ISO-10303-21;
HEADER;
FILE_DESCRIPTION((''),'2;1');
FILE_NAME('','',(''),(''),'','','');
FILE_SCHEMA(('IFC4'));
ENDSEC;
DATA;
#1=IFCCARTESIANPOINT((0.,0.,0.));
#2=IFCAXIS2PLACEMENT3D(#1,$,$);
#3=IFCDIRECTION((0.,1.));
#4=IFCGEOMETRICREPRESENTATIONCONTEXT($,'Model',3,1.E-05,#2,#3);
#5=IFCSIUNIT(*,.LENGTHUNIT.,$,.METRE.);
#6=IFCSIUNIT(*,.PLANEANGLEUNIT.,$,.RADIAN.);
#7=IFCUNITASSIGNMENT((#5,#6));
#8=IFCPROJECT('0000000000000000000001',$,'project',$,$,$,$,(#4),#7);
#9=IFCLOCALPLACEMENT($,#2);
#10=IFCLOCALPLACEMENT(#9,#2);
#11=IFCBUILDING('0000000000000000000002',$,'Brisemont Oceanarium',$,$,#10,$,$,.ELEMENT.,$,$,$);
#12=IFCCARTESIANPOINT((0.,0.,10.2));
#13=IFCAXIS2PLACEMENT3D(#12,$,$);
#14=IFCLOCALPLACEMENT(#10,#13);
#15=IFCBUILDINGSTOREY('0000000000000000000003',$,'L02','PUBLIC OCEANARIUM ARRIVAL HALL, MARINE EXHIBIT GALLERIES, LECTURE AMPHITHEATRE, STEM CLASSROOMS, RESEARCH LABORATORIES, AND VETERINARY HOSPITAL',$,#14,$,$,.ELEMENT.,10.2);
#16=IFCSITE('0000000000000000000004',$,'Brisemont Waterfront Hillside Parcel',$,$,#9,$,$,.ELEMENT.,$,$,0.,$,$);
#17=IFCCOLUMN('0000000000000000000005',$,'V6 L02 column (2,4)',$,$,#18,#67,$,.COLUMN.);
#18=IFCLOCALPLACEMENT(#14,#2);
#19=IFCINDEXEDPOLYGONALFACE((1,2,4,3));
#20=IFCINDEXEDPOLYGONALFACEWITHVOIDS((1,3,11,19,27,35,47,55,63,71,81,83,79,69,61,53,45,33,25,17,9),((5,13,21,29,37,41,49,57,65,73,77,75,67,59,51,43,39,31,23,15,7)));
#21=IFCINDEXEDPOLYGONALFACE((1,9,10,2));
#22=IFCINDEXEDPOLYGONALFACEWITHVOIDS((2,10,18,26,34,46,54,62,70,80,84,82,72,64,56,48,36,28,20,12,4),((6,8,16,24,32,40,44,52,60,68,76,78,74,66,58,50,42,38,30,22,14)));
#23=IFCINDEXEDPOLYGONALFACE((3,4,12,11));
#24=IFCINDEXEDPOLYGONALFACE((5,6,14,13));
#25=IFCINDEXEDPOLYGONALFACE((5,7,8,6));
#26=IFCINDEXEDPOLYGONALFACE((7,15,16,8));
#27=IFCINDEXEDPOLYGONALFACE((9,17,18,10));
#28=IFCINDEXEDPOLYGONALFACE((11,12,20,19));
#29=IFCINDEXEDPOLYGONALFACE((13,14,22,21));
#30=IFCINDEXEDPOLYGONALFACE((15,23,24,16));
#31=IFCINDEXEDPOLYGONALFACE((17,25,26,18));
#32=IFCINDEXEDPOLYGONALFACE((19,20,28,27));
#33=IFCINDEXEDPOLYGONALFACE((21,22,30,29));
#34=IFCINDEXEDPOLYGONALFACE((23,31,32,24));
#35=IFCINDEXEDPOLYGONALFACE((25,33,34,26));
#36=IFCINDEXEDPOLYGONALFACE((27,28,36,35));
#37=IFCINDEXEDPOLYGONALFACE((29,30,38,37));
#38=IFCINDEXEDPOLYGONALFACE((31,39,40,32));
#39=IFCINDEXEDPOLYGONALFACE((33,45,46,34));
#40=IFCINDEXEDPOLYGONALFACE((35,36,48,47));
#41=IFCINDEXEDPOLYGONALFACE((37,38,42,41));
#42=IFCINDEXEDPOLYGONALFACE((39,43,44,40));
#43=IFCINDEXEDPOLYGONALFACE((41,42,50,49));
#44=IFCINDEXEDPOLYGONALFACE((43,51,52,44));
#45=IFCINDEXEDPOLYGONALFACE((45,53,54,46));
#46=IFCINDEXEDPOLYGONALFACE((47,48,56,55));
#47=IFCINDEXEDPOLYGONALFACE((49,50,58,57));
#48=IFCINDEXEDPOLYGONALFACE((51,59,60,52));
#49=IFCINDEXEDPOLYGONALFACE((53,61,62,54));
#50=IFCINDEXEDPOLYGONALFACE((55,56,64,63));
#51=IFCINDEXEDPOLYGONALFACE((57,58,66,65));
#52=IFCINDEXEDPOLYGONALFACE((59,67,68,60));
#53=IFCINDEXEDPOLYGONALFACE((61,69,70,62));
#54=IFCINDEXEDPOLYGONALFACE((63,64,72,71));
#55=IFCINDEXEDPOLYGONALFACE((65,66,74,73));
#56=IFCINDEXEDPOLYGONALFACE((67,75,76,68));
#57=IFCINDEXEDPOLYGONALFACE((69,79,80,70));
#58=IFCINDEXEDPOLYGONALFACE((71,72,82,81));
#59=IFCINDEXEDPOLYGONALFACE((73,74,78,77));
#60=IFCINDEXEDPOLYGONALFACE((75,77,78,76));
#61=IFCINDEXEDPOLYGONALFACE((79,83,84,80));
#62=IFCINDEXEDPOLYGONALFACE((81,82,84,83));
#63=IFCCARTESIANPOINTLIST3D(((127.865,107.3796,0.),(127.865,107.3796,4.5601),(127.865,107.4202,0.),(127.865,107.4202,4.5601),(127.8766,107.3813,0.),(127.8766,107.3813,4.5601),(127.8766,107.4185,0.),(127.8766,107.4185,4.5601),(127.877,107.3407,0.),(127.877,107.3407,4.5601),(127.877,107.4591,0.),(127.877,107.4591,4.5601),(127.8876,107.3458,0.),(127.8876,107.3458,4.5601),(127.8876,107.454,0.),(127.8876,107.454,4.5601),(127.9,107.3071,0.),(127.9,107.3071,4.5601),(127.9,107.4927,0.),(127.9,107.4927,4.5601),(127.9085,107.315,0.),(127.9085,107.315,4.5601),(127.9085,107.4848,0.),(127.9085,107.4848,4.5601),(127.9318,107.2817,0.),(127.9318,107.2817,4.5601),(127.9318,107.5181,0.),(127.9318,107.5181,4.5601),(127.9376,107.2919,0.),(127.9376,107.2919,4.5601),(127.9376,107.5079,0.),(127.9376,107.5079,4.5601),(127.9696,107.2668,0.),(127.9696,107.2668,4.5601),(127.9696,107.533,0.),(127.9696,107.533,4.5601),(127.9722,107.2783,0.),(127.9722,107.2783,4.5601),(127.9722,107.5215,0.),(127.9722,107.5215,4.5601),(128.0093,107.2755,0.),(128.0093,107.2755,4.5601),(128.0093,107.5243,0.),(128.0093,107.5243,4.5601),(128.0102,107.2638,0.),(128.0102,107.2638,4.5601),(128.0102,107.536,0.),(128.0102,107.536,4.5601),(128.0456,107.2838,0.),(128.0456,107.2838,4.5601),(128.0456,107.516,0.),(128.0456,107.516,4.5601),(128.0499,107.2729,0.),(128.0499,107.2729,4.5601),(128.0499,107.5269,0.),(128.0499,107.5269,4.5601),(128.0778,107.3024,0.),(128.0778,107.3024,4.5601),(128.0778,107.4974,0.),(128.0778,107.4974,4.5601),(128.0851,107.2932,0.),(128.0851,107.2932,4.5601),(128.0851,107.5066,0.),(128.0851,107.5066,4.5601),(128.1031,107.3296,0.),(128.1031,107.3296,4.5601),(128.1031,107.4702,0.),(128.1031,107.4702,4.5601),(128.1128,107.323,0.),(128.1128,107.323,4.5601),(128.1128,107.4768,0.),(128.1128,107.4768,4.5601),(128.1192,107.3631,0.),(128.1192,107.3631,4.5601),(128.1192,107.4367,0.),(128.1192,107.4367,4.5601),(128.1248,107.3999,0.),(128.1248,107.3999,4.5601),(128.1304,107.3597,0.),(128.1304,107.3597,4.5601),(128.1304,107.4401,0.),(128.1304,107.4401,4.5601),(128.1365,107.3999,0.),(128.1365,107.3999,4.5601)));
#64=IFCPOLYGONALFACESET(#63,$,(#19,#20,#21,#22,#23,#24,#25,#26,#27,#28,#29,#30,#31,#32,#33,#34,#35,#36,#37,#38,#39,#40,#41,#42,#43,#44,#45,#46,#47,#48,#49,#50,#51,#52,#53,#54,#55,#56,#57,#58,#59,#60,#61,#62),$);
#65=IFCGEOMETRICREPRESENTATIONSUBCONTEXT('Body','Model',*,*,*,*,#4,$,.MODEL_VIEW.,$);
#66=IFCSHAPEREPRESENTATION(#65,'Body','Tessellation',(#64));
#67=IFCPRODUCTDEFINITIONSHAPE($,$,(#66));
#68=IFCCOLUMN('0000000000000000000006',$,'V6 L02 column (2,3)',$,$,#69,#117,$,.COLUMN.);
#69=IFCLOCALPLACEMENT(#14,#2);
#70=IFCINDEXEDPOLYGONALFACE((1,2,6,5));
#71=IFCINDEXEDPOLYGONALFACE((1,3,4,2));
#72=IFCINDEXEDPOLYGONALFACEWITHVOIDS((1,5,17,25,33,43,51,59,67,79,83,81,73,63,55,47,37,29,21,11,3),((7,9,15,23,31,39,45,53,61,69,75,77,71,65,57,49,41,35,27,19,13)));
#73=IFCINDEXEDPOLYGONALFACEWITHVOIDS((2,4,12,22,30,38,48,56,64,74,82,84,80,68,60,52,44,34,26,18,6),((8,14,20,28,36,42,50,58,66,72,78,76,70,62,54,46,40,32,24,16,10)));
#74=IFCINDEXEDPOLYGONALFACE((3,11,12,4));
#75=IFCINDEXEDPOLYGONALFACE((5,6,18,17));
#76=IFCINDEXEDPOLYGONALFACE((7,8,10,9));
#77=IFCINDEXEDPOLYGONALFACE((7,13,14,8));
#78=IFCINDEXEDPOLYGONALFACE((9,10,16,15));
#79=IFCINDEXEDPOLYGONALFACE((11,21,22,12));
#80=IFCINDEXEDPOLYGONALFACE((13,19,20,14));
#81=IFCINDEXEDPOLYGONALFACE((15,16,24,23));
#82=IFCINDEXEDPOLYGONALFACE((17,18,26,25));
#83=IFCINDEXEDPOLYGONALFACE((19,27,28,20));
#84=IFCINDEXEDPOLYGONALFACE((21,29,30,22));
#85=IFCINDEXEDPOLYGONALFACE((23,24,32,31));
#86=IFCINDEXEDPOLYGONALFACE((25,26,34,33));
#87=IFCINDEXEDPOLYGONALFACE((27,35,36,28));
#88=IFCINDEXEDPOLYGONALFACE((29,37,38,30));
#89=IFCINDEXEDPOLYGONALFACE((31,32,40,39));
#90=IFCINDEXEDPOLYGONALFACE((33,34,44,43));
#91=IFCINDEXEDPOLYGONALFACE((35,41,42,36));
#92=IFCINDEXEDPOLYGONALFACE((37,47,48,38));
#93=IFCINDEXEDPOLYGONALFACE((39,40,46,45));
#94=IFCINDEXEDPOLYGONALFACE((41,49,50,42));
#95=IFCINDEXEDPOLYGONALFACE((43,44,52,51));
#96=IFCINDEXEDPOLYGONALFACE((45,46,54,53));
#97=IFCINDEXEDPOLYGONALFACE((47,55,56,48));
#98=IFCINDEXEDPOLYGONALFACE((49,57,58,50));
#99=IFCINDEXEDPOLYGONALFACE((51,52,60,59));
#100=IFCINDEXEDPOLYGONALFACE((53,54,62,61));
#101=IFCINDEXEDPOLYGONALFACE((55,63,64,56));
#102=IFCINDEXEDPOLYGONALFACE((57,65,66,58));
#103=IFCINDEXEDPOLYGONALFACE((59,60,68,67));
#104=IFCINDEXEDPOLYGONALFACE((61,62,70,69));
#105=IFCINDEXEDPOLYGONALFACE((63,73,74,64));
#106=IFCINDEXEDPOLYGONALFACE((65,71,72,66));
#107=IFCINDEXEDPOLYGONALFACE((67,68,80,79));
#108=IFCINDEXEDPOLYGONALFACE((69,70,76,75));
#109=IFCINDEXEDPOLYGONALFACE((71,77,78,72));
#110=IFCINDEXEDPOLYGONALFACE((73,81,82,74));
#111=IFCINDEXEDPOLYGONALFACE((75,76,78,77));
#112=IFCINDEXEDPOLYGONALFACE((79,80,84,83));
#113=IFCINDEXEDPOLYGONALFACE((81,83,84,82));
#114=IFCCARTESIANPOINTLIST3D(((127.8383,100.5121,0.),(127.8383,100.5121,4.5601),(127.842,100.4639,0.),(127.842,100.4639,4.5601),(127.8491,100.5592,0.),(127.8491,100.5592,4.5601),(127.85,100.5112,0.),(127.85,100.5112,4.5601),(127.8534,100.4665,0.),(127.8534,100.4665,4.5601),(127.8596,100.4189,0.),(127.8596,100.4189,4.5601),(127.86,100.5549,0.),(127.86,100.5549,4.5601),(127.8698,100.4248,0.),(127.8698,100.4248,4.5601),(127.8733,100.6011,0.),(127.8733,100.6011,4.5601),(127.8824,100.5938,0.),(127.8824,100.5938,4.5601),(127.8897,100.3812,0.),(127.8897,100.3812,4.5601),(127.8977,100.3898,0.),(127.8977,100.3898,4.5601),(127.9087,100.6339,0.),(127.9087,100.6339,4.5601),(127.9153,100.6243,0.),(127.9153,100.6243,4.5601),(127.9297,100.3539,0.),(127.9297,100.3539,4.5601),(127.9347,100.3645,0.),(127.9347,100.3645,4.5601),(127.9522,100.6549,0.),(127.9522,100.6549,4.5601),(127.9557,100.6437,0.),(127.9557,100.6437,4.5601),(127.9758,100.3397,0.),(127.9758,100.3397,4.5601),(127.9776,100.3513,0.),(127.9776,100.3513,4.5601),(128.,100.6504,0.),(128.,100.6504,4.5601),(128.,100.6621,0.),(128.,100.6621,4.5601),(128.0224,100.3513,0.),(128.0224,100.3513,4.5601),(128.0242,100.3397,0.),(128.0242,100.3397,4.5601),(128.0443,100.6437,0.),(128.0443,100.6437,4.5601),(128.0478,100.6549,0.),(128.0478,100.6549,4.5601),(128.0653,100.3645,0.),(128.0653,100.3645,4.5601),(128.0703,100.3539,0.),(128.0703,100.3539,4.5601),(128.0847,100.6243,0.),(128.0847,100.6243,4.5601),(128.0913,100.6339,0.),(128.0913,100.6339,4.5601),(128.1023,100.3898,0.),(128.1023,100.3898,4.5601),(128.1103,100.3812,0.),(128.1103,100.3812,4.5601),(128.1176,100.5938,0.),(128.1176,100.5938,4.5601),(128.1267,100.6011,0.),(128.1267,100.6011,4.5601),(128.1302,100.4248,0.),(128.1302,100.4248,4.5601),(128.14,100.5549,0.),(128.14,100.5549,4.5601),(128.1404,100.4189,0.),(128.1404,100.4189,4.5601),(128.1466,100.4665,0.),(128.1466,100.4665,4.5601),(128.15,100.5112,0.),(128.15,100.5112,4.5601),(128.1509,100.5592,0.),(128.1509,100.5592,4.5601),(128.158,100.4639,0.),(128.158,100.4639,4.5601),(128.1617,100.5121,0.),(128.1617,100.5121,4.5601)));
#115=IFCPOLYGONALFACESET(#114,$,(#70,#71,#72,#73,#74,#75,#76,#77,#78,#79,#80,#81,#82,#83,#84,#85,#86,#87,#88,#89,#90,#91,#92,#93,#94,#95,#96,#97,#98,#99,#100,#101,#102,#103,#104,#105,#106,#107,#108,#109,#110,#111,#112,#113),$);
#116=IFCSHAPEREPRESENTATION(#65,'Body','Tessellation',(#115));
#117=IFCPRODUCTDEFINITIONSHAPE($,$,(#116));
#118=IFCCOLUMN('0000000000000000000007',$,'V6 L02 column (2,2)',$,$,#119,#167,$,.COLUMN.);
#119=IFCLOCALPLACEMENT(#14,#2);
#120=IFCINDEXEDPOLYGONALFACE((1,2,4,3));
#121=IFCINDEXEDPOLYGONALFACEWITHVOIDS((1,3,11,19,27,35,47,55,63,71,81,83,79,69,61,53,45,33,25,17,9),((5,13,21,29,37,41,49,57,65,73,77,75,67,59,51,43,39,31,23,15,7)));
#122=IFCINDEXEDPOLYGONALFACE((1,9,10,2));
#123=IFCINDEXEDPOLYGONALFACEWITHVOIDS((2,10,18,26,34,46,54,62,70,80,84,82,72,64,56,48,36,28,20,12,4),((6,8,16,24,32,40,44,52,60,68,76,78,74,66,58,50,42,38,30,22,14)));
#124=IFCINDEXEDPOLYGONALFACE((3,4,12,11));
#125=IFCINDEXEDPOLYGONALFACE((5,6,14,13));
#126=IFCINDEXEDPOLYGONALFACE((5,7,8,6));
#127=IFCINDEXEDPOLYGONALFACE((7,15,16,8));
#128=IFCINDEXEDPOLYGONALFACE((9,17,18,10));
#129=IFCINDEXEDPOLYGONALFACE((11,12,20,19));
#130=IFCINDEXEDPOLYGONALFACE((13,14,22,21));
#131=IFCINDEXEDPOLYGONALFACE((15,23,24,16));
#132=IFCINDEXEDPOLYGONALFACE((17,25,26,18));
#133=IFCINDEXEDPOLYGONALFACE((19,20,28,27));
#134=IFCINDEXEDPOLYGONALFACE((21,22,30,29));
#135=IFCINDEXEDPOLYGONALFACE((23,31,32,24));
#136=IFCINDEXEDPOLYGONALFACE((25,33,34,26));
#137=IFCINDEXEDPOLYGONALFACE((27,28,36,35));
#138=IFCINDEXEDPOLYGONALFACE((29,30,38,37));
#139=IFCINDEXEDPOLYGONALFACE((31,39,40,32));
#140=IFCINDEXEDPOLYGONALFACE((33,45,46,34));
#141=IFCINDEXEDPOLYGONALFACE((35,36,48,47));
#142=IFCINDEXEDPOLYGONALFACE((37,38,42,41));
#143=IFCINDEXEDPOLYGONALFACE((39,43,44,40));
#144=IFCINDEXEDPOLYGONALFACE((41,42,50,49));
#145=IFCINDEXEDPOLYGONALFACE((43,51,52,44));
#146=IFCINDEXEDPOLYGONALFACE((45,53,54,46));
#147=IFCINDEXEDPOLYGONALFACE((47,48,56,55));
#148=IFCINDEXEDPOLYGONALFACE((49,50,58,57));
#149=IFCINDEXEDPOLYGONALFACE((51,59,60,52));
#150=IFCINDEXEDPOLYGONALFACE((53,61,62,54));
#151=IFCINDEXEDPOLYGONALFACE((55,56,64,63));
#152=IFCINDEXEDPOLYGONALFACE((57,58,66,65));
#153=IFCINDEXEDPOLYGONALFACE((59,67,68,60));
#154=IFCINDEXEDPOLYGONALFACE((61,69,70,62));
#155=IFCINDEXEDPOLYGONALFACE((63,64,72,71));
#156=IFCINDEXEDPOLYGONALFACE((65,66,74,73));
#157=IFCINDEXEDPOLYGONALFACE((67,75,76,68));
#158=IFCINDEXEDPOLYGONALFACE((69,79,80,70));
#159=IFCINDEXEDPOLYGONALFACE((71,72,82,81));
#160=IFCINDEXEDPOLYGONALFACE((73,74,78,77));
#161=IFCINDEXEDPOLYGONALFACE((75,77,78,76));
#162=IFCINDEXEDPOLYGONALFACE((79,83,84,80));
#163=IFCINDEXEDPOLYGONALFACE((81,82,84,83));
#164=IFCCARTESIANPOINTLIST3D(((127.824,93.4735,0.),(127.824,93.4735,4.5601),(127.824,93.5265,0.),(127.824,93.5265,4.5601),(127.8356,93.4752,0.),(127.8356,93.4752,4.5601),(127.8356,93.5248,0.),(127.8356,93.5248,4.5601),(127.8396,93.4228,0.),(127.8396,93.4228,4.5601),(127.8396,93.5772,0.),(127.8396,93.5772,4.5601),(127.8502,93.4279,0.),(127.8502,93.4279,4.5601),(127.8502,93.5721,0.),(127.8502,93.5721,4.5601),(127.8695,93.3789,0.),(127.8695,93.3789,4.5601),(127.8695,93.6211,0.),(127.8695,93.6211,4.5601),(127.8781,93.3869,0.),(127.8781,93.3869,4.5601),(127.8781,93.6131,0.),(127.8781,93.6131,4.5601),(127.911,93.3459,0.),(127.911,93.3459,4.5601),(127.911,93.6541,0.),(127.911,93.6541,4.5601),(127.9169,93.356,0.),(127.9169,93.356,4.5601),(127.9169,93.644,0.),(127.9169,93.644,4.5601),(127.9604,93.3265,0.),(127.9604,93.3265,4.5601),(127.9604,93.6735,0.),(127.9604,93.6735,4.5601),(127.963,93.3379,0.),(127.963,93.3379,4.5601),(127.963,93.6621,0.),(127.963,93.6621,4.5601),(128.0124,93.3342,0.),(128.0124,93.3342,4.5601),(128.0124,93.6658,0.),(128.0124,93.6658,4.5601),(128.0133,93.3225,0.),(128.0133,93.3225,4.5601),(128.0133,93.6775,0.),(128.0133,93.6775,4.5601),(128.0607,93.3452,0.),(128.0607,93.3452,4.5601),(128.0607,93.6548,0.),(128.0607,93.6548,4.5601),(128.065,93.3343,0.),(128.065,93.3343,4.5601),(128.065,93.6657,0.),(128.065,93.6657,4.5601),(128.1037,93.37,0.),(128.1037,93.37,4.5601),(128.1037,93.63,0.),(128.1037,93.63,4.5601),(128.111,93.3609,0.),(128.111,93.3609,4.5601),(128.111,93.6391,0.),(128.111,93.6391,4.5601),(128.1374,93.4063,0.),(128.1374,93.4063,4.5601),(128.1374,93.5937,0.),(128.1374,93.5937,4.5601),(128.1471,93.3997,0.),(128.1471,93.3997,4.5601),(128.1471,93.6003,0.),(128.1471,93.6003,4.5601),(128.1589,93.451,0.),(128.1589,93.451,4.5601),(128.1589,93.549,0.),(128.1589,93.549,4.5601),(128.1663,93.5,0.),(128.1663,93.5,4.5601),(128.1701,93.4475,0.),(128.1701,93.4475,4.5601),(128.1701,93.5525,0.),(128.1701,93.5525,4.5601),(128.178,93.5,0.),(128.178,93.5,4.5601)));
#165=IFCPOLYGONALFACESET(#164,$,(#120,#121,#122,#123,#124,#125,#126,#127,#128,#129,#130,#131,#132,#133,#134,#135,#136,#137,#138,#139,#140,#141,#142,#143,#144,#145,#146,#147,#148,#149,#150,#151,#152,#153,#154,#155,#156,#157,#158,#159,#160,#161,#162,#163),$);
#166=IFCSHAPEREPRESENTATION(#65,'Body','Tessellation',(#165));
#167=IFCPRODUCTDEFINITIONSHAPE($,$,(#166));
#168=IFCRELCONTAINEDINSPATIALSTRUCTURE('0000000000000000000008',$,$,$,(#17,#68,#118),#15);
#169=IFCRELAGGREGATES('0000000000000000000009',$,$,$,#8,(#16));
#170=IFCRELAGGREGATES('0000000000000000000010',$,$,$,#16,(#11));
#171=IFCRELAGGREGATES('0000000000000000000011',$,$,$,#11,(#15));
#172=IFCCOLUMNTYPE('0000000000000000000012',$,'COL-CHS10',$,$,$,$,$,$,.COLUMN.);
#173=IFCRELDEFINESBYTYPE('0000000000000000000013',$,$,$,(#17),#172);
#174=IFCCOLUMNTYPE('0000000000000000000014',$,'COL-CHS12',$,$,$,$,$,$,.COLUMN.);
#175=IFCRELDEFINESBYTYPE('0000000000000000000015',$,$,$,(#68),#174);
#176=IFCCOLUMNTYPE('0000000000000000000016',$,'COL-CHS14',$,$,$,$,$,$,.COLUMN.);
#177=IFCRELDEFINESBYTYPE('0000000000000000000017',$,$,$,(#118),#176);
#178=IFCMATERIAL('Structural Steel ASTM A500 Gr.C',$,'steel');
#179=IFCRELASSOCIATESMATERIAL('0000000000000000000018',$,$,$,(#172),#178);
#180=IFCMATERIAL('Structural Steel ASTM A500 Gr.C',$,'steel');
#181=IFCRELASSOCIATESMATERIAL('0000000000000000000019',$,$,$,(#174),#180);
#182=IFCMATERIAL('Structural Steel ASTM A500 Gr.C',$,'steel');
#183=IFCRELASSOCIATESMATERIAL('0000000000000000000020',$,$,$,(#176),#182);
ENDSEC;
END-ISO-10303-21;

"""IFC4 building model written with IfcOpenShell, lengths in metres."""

from ifc_helpers import new_model, si_unit, direction, frame, origin, origin_2d, place, context, subcontext, project, spatial, hollow_circle, extrude, material, material_profile, profile_set, type_object, element, save


model = new_model("IFC4")

# Units and contexts
model_context = context("Model", 3, precision=1e-05, world=origin(), true_north=direction((0.0, 1.0)))
body_context = subcontext(model_context, "Body", "Model", "MODEL_VIEW")
ifc_project = project(units=[si_unit("LENGTHUNIT", "METRE"), si_unit("PLANEANGLEUNIT", "RADIAN")], contexts=[model_context])

# Site, building, storey
site_placement = place(None, origin())
site = spatial("IfcSite", under=ifc_project, at=site_placement, Name="Brisemont Waterfront Hillside Parcel", CompositionType="ELEMENT", RefElevation=0.0)
building_placement = place(site_placement, origin())
building = spatial("IfcBuilding", under=site, at=building_placement, Name="Brisemont Oceanarium", CompositionType="ELEMENT")
storey_placement = place(building_placement, frame((0.0, 0.0, 10.2)))
storey = spatial("IfcBuildingStorey", under=building, at=storey_placement, Name="L02", Description="PUBLIC OCEANARIUM ARRIVAL HALL, MARINE EXHIBIT GALLERIES, LECTURE AMPHITHEATRE, STEM CLASSROOMS, RESEARCH LABORATORIES, AND VETERINARY HOSPITAL", CompositionType="ELEMENT", Elevation=10.2)

# Columns
ifc_material_1 = material(Name="Structural Steel ASTM A500 Gr.C", Category="steel")
ifc_material_profile_1 = material_profile(ifc_material_1, hollow_circle(Radius=0.1365, WallThickness=0.0117, at=origin_2d()), Name="HSS10.750X0.500")
ifc_profile_set_1 = profile_set([ifc_material_profile_1], Name="Structural Steel ASTM A500 Gr.C")
column_type_1 = type_object("IfcColumnType", Name="COL-CHS10", PredefinedType="COLUMN", material=ifc_profile_set_1)
column_1_placement = place(storey_placement, frame((128.0, 107.3999, 0.0), z_axis=(0.0, 0.0, 1.0), x_axis=(1.0, 0.0, 0.0)))
element("IfcColumn", 1, at=column_1_placement, inside=storey, type_object=column_type_1, Name="V6 L02 column (2,4)", PredefinedType="COLUMN", context=body_context, shape_type="SweptSolid", body=[
    extrude(hollow_circle(Radius=0.1365, WallThickness=0.0117, at=origin_2d()), origin(), (0.0, 0.0, 1.0), 4.5601),
])
ifc_material_2 = material(Name="Structural Steel ASTM A500 Gr.C", Category="steel")
ifc_material_profile_2 = material_profile(ifc_material_2, hollow_circle(Radius=0.1621, WallThickness=0.0117, at=origin_2d()), Name="HSS12.750X0.500")
ifc_profile_set_2 = profile_set([ifc_material_profile_2], Name="Structural Steel ASTM A500 Gr.C")
column_type_2 = type_object("IfcColumnType", Name="COL-CHS12", PredefinedType="COLUMN", material=ifc_profile_set_2)
column_2_placement = place(storey_placement, frame((128.0, 100.5, 0.0), z_axis=(0.0, 0.0, 1.0), x_axis=(0.0, 1.0, 0.0)))
element("IfcColumn", 2, at=column_2_placement, inside=storey, type_object=column_type_2, Name="V6 L02 column (2,3)", PredefinedType="COLUMN", context=body_context, shape_type="SweptSolid", body=[
    extrude(hollow_circle(Radius=0.1621, WallThickness=0.0117, at=origin_2d()), origin(), (0.0, 0.0, 1.0), 4.5601),
])
ifc_material_3 = material(Name="Structural Steel ASTM A500 Gr.C", Category="steel")
ifc_material_profile_3 = material_profile(ifc_material_3, hollow_circle(Radius=0.178, WallThickness=0.0117, at=origin_2d()), Name="HSS14.000X0.500")
ifc_profile_set_3 = profile_set([ifc_material_profile_3], Name="Structural Steel ASTM A500 Gr.C")
column_type_3 = type_object("IfcColumnType", Name="COL-CHS14", PredefinedType="COLUMN", material=ifc_profile_set_3)
column_3_placement = place(storey_placement, frame((128.0, 93.5, 0.0), z_axis=(0.0, 0.0, 1.0), x_axis=(1.0, 0.0, 0.0)))
element("IfcColumn", 3, at=column_3_placement, inside=storey, type_object=column_type_3, Name="V6 L02 column (2,2)", PredefinedType="COLUMN", context=body_context, shape_type="SweptSolid", body=[
    extrude(hollow_circle(Radius=0.178, WallThickness=0.0117, at=origin_2d()), origin(), (0.0, 0.0, 1.0), 4.5601),
])

save(model, "model.ifc")
